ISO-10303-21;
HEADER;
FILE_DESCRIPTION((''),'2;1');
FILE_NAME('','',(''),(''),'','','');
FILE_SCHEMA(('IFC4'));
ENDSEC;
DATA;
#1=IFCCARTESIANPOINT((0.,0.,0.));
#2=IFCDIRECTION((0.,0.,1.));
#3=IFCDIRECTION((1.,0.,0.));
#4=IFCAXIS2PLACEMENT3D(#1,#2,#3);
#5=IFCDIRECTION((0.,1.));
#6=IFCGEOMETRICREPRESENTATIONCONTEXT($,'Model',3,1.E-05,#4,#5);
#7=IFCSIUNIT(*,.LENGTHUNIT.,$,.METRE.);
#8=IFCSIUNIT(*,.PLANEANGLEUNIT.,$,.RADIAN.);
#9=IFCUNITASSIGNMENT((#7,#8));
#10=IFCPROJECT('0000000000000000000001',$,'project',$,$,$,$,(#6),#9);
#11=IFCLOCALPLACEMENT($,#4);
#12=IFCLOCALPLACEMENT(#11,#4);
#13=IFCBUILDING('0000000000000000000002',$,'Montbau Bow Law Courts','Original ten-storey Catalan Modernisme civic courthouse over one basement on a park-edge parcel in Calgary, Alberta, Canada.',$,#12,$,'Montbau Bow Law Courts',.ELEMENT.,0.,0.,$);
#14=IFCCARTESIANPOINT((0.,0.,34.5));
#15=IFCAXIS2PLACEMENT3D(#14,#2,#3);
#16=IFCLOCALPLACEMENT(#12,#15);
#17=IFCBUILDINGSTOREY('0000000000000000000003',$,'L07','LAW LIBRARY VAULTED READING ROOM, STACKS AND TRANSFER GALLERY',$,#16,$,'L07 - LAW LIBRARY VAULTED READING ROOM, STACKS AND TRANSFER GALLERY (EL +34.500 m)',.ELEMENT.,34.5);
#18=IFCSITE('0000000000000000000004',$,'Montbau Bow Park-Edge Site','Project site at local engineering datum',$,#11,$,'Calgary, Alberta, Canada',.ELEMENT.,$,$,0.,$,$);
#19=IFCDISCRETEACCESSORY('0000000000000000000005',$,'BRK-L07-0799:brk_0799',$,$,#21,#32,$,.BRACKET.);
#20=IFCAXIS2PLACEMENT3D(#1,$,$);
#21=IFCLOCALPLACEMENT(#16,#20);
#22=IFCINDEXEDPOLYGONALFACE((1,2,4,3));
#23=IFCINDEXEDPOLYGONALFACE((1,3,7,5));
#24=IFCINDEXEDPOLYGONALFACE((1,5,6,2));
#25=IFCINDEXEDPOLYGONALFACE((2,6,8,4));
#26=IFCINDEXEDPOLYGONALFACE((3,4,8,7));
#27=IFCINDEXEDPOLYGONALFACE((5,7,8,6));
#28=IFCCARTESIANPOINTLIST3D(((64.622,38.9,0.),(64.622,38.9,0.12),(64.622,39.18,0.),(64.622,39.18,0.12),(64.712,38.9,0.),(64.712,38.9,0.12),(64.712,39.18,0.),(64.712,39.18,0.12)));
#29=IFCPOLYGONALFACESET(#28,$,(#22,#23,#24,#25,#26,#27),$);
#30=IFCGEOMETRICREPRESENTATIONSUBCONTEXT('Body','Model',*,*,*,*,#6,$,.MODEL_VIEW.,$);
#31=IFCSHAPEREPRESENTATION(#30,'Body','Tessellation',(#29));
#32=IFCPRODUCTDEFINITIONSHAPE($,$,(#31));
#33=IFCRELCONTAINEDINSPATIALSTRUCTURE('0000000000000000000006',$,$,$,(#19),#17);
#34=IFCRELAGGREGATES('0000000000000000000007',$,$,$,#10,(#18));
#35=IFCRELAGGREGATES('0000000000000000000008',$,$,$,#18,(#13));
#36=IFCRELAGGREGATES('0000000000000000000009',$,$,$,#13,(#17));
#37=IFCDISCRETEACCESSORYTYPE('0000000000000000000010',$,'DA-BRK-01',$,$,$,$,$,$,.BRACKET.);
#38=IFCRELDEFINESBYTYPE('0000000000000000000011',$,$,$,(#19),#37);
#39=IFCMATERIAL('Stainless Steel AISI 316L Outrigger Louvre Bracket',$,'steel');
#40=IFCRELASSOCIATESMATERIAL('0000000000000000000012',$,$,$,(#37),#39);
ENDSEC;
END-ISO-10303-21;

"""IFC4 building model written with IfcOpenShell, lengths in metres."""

from ifc_helpers import new_model, si_unit, direction, frame, origin_with_axes, origin_2d_with_axis, place, context, subcontext, project, spatial, rectangle, extrude, material, type_object, element, save


model = new_model("IFC4")

# Units and contexts
model_context = context("Model", 3, precision=1e-05, world=origin_with_axes(), true_north=direction((0.0, 1.0)))
body_context = subcontext(model_context, "Body", "Model", "MODEL_VIEW")
ifc_project = project(units=[si_unit("LENGTHUNIT", "METRE"), si_unit("PLANEANGLEUNIT", "RADIAN")], contexts=[model_context])

# Site, building, storey
site_placement = place(None, origin_with_axes())
site = spatial("IfcSite", under=ifc_project, at=site_placement, Name="Montbau Bow Park-Edge Site", Description="Project site at local engineering datum", LongName="Calgary, Alberta, Canada", CompositionType="ELEMENT", RefElevation=0.0)
building_placement = place(site_placement, origin_with_axes())
building = spatial("IfcBuilding", under=site, at=building_placement, Name="Montbau Bow Law Courts", Description="Original ten-storey Catalan Modernisme civic courthouse over one basement on a park-edge parcel in Calgary, Alberta, Canada.", LongName="Montbau Bow Law Courts", CompositionType="ELEMENT", ElevationOfRefHeight=0.0, ElevationOfTerrain=0.0)
storey_placement = place(building_placement, frame((0.0, 0.0, 34.5), z_axis=(0.0, 0.0, 1.0), x_axis=(1.0, 0.0, 0.0)))
storey = spatial("IfcBuildingStorey", under=building, at=storey_placement, Name="L07", Description="LAW LIBRARY VAULTED READING ROOM, STACKS AND TRANSFER GALLERY", LongName="L07 - LAW LIBRARY VAULTED READING ROOM, STACKS AND TRANSFER GALLERY (EL +34.500 m)", CompositionType="ELEMENT", Elevation=34.5)

# Discrete accessory
ifc_material_1 = material(Name="Stainless Steel AISI 316L Outrigger Louvre Bracket", Category="steel")
discrete_accessory_type = type_object("IfcDiscreteAccessoryType", Name="DA-BRK-01", PredefinedType="BRACKET", material=ifc_material_1)
for number, where, z_axis, x_axis, name in (
    (1, (64.667, 39.04, 34.5), (0.0, 0.0, 1.0), (0.0, -1.0, 0.0), "BRK-L07-0799:brk_0799"),
):
    element("IfcDiscreteAccessory", number, at=place(None, frame(where, z_axis=z_axis, x_axis=x_axis)), inside=storey, type_object=discrete_accessory_type, Name=name, PredefinedType="BRACKET", context=body_context, shape_type="SweptSolid", body=[
        extrude(rectangle(XDim=0.28, YDim=0.09, at=origin_2d_with_axis()), origin_with_axes(), (0.0, 0.0, 1.0), 0.12),
    ])

save(model, "model.ifc")
